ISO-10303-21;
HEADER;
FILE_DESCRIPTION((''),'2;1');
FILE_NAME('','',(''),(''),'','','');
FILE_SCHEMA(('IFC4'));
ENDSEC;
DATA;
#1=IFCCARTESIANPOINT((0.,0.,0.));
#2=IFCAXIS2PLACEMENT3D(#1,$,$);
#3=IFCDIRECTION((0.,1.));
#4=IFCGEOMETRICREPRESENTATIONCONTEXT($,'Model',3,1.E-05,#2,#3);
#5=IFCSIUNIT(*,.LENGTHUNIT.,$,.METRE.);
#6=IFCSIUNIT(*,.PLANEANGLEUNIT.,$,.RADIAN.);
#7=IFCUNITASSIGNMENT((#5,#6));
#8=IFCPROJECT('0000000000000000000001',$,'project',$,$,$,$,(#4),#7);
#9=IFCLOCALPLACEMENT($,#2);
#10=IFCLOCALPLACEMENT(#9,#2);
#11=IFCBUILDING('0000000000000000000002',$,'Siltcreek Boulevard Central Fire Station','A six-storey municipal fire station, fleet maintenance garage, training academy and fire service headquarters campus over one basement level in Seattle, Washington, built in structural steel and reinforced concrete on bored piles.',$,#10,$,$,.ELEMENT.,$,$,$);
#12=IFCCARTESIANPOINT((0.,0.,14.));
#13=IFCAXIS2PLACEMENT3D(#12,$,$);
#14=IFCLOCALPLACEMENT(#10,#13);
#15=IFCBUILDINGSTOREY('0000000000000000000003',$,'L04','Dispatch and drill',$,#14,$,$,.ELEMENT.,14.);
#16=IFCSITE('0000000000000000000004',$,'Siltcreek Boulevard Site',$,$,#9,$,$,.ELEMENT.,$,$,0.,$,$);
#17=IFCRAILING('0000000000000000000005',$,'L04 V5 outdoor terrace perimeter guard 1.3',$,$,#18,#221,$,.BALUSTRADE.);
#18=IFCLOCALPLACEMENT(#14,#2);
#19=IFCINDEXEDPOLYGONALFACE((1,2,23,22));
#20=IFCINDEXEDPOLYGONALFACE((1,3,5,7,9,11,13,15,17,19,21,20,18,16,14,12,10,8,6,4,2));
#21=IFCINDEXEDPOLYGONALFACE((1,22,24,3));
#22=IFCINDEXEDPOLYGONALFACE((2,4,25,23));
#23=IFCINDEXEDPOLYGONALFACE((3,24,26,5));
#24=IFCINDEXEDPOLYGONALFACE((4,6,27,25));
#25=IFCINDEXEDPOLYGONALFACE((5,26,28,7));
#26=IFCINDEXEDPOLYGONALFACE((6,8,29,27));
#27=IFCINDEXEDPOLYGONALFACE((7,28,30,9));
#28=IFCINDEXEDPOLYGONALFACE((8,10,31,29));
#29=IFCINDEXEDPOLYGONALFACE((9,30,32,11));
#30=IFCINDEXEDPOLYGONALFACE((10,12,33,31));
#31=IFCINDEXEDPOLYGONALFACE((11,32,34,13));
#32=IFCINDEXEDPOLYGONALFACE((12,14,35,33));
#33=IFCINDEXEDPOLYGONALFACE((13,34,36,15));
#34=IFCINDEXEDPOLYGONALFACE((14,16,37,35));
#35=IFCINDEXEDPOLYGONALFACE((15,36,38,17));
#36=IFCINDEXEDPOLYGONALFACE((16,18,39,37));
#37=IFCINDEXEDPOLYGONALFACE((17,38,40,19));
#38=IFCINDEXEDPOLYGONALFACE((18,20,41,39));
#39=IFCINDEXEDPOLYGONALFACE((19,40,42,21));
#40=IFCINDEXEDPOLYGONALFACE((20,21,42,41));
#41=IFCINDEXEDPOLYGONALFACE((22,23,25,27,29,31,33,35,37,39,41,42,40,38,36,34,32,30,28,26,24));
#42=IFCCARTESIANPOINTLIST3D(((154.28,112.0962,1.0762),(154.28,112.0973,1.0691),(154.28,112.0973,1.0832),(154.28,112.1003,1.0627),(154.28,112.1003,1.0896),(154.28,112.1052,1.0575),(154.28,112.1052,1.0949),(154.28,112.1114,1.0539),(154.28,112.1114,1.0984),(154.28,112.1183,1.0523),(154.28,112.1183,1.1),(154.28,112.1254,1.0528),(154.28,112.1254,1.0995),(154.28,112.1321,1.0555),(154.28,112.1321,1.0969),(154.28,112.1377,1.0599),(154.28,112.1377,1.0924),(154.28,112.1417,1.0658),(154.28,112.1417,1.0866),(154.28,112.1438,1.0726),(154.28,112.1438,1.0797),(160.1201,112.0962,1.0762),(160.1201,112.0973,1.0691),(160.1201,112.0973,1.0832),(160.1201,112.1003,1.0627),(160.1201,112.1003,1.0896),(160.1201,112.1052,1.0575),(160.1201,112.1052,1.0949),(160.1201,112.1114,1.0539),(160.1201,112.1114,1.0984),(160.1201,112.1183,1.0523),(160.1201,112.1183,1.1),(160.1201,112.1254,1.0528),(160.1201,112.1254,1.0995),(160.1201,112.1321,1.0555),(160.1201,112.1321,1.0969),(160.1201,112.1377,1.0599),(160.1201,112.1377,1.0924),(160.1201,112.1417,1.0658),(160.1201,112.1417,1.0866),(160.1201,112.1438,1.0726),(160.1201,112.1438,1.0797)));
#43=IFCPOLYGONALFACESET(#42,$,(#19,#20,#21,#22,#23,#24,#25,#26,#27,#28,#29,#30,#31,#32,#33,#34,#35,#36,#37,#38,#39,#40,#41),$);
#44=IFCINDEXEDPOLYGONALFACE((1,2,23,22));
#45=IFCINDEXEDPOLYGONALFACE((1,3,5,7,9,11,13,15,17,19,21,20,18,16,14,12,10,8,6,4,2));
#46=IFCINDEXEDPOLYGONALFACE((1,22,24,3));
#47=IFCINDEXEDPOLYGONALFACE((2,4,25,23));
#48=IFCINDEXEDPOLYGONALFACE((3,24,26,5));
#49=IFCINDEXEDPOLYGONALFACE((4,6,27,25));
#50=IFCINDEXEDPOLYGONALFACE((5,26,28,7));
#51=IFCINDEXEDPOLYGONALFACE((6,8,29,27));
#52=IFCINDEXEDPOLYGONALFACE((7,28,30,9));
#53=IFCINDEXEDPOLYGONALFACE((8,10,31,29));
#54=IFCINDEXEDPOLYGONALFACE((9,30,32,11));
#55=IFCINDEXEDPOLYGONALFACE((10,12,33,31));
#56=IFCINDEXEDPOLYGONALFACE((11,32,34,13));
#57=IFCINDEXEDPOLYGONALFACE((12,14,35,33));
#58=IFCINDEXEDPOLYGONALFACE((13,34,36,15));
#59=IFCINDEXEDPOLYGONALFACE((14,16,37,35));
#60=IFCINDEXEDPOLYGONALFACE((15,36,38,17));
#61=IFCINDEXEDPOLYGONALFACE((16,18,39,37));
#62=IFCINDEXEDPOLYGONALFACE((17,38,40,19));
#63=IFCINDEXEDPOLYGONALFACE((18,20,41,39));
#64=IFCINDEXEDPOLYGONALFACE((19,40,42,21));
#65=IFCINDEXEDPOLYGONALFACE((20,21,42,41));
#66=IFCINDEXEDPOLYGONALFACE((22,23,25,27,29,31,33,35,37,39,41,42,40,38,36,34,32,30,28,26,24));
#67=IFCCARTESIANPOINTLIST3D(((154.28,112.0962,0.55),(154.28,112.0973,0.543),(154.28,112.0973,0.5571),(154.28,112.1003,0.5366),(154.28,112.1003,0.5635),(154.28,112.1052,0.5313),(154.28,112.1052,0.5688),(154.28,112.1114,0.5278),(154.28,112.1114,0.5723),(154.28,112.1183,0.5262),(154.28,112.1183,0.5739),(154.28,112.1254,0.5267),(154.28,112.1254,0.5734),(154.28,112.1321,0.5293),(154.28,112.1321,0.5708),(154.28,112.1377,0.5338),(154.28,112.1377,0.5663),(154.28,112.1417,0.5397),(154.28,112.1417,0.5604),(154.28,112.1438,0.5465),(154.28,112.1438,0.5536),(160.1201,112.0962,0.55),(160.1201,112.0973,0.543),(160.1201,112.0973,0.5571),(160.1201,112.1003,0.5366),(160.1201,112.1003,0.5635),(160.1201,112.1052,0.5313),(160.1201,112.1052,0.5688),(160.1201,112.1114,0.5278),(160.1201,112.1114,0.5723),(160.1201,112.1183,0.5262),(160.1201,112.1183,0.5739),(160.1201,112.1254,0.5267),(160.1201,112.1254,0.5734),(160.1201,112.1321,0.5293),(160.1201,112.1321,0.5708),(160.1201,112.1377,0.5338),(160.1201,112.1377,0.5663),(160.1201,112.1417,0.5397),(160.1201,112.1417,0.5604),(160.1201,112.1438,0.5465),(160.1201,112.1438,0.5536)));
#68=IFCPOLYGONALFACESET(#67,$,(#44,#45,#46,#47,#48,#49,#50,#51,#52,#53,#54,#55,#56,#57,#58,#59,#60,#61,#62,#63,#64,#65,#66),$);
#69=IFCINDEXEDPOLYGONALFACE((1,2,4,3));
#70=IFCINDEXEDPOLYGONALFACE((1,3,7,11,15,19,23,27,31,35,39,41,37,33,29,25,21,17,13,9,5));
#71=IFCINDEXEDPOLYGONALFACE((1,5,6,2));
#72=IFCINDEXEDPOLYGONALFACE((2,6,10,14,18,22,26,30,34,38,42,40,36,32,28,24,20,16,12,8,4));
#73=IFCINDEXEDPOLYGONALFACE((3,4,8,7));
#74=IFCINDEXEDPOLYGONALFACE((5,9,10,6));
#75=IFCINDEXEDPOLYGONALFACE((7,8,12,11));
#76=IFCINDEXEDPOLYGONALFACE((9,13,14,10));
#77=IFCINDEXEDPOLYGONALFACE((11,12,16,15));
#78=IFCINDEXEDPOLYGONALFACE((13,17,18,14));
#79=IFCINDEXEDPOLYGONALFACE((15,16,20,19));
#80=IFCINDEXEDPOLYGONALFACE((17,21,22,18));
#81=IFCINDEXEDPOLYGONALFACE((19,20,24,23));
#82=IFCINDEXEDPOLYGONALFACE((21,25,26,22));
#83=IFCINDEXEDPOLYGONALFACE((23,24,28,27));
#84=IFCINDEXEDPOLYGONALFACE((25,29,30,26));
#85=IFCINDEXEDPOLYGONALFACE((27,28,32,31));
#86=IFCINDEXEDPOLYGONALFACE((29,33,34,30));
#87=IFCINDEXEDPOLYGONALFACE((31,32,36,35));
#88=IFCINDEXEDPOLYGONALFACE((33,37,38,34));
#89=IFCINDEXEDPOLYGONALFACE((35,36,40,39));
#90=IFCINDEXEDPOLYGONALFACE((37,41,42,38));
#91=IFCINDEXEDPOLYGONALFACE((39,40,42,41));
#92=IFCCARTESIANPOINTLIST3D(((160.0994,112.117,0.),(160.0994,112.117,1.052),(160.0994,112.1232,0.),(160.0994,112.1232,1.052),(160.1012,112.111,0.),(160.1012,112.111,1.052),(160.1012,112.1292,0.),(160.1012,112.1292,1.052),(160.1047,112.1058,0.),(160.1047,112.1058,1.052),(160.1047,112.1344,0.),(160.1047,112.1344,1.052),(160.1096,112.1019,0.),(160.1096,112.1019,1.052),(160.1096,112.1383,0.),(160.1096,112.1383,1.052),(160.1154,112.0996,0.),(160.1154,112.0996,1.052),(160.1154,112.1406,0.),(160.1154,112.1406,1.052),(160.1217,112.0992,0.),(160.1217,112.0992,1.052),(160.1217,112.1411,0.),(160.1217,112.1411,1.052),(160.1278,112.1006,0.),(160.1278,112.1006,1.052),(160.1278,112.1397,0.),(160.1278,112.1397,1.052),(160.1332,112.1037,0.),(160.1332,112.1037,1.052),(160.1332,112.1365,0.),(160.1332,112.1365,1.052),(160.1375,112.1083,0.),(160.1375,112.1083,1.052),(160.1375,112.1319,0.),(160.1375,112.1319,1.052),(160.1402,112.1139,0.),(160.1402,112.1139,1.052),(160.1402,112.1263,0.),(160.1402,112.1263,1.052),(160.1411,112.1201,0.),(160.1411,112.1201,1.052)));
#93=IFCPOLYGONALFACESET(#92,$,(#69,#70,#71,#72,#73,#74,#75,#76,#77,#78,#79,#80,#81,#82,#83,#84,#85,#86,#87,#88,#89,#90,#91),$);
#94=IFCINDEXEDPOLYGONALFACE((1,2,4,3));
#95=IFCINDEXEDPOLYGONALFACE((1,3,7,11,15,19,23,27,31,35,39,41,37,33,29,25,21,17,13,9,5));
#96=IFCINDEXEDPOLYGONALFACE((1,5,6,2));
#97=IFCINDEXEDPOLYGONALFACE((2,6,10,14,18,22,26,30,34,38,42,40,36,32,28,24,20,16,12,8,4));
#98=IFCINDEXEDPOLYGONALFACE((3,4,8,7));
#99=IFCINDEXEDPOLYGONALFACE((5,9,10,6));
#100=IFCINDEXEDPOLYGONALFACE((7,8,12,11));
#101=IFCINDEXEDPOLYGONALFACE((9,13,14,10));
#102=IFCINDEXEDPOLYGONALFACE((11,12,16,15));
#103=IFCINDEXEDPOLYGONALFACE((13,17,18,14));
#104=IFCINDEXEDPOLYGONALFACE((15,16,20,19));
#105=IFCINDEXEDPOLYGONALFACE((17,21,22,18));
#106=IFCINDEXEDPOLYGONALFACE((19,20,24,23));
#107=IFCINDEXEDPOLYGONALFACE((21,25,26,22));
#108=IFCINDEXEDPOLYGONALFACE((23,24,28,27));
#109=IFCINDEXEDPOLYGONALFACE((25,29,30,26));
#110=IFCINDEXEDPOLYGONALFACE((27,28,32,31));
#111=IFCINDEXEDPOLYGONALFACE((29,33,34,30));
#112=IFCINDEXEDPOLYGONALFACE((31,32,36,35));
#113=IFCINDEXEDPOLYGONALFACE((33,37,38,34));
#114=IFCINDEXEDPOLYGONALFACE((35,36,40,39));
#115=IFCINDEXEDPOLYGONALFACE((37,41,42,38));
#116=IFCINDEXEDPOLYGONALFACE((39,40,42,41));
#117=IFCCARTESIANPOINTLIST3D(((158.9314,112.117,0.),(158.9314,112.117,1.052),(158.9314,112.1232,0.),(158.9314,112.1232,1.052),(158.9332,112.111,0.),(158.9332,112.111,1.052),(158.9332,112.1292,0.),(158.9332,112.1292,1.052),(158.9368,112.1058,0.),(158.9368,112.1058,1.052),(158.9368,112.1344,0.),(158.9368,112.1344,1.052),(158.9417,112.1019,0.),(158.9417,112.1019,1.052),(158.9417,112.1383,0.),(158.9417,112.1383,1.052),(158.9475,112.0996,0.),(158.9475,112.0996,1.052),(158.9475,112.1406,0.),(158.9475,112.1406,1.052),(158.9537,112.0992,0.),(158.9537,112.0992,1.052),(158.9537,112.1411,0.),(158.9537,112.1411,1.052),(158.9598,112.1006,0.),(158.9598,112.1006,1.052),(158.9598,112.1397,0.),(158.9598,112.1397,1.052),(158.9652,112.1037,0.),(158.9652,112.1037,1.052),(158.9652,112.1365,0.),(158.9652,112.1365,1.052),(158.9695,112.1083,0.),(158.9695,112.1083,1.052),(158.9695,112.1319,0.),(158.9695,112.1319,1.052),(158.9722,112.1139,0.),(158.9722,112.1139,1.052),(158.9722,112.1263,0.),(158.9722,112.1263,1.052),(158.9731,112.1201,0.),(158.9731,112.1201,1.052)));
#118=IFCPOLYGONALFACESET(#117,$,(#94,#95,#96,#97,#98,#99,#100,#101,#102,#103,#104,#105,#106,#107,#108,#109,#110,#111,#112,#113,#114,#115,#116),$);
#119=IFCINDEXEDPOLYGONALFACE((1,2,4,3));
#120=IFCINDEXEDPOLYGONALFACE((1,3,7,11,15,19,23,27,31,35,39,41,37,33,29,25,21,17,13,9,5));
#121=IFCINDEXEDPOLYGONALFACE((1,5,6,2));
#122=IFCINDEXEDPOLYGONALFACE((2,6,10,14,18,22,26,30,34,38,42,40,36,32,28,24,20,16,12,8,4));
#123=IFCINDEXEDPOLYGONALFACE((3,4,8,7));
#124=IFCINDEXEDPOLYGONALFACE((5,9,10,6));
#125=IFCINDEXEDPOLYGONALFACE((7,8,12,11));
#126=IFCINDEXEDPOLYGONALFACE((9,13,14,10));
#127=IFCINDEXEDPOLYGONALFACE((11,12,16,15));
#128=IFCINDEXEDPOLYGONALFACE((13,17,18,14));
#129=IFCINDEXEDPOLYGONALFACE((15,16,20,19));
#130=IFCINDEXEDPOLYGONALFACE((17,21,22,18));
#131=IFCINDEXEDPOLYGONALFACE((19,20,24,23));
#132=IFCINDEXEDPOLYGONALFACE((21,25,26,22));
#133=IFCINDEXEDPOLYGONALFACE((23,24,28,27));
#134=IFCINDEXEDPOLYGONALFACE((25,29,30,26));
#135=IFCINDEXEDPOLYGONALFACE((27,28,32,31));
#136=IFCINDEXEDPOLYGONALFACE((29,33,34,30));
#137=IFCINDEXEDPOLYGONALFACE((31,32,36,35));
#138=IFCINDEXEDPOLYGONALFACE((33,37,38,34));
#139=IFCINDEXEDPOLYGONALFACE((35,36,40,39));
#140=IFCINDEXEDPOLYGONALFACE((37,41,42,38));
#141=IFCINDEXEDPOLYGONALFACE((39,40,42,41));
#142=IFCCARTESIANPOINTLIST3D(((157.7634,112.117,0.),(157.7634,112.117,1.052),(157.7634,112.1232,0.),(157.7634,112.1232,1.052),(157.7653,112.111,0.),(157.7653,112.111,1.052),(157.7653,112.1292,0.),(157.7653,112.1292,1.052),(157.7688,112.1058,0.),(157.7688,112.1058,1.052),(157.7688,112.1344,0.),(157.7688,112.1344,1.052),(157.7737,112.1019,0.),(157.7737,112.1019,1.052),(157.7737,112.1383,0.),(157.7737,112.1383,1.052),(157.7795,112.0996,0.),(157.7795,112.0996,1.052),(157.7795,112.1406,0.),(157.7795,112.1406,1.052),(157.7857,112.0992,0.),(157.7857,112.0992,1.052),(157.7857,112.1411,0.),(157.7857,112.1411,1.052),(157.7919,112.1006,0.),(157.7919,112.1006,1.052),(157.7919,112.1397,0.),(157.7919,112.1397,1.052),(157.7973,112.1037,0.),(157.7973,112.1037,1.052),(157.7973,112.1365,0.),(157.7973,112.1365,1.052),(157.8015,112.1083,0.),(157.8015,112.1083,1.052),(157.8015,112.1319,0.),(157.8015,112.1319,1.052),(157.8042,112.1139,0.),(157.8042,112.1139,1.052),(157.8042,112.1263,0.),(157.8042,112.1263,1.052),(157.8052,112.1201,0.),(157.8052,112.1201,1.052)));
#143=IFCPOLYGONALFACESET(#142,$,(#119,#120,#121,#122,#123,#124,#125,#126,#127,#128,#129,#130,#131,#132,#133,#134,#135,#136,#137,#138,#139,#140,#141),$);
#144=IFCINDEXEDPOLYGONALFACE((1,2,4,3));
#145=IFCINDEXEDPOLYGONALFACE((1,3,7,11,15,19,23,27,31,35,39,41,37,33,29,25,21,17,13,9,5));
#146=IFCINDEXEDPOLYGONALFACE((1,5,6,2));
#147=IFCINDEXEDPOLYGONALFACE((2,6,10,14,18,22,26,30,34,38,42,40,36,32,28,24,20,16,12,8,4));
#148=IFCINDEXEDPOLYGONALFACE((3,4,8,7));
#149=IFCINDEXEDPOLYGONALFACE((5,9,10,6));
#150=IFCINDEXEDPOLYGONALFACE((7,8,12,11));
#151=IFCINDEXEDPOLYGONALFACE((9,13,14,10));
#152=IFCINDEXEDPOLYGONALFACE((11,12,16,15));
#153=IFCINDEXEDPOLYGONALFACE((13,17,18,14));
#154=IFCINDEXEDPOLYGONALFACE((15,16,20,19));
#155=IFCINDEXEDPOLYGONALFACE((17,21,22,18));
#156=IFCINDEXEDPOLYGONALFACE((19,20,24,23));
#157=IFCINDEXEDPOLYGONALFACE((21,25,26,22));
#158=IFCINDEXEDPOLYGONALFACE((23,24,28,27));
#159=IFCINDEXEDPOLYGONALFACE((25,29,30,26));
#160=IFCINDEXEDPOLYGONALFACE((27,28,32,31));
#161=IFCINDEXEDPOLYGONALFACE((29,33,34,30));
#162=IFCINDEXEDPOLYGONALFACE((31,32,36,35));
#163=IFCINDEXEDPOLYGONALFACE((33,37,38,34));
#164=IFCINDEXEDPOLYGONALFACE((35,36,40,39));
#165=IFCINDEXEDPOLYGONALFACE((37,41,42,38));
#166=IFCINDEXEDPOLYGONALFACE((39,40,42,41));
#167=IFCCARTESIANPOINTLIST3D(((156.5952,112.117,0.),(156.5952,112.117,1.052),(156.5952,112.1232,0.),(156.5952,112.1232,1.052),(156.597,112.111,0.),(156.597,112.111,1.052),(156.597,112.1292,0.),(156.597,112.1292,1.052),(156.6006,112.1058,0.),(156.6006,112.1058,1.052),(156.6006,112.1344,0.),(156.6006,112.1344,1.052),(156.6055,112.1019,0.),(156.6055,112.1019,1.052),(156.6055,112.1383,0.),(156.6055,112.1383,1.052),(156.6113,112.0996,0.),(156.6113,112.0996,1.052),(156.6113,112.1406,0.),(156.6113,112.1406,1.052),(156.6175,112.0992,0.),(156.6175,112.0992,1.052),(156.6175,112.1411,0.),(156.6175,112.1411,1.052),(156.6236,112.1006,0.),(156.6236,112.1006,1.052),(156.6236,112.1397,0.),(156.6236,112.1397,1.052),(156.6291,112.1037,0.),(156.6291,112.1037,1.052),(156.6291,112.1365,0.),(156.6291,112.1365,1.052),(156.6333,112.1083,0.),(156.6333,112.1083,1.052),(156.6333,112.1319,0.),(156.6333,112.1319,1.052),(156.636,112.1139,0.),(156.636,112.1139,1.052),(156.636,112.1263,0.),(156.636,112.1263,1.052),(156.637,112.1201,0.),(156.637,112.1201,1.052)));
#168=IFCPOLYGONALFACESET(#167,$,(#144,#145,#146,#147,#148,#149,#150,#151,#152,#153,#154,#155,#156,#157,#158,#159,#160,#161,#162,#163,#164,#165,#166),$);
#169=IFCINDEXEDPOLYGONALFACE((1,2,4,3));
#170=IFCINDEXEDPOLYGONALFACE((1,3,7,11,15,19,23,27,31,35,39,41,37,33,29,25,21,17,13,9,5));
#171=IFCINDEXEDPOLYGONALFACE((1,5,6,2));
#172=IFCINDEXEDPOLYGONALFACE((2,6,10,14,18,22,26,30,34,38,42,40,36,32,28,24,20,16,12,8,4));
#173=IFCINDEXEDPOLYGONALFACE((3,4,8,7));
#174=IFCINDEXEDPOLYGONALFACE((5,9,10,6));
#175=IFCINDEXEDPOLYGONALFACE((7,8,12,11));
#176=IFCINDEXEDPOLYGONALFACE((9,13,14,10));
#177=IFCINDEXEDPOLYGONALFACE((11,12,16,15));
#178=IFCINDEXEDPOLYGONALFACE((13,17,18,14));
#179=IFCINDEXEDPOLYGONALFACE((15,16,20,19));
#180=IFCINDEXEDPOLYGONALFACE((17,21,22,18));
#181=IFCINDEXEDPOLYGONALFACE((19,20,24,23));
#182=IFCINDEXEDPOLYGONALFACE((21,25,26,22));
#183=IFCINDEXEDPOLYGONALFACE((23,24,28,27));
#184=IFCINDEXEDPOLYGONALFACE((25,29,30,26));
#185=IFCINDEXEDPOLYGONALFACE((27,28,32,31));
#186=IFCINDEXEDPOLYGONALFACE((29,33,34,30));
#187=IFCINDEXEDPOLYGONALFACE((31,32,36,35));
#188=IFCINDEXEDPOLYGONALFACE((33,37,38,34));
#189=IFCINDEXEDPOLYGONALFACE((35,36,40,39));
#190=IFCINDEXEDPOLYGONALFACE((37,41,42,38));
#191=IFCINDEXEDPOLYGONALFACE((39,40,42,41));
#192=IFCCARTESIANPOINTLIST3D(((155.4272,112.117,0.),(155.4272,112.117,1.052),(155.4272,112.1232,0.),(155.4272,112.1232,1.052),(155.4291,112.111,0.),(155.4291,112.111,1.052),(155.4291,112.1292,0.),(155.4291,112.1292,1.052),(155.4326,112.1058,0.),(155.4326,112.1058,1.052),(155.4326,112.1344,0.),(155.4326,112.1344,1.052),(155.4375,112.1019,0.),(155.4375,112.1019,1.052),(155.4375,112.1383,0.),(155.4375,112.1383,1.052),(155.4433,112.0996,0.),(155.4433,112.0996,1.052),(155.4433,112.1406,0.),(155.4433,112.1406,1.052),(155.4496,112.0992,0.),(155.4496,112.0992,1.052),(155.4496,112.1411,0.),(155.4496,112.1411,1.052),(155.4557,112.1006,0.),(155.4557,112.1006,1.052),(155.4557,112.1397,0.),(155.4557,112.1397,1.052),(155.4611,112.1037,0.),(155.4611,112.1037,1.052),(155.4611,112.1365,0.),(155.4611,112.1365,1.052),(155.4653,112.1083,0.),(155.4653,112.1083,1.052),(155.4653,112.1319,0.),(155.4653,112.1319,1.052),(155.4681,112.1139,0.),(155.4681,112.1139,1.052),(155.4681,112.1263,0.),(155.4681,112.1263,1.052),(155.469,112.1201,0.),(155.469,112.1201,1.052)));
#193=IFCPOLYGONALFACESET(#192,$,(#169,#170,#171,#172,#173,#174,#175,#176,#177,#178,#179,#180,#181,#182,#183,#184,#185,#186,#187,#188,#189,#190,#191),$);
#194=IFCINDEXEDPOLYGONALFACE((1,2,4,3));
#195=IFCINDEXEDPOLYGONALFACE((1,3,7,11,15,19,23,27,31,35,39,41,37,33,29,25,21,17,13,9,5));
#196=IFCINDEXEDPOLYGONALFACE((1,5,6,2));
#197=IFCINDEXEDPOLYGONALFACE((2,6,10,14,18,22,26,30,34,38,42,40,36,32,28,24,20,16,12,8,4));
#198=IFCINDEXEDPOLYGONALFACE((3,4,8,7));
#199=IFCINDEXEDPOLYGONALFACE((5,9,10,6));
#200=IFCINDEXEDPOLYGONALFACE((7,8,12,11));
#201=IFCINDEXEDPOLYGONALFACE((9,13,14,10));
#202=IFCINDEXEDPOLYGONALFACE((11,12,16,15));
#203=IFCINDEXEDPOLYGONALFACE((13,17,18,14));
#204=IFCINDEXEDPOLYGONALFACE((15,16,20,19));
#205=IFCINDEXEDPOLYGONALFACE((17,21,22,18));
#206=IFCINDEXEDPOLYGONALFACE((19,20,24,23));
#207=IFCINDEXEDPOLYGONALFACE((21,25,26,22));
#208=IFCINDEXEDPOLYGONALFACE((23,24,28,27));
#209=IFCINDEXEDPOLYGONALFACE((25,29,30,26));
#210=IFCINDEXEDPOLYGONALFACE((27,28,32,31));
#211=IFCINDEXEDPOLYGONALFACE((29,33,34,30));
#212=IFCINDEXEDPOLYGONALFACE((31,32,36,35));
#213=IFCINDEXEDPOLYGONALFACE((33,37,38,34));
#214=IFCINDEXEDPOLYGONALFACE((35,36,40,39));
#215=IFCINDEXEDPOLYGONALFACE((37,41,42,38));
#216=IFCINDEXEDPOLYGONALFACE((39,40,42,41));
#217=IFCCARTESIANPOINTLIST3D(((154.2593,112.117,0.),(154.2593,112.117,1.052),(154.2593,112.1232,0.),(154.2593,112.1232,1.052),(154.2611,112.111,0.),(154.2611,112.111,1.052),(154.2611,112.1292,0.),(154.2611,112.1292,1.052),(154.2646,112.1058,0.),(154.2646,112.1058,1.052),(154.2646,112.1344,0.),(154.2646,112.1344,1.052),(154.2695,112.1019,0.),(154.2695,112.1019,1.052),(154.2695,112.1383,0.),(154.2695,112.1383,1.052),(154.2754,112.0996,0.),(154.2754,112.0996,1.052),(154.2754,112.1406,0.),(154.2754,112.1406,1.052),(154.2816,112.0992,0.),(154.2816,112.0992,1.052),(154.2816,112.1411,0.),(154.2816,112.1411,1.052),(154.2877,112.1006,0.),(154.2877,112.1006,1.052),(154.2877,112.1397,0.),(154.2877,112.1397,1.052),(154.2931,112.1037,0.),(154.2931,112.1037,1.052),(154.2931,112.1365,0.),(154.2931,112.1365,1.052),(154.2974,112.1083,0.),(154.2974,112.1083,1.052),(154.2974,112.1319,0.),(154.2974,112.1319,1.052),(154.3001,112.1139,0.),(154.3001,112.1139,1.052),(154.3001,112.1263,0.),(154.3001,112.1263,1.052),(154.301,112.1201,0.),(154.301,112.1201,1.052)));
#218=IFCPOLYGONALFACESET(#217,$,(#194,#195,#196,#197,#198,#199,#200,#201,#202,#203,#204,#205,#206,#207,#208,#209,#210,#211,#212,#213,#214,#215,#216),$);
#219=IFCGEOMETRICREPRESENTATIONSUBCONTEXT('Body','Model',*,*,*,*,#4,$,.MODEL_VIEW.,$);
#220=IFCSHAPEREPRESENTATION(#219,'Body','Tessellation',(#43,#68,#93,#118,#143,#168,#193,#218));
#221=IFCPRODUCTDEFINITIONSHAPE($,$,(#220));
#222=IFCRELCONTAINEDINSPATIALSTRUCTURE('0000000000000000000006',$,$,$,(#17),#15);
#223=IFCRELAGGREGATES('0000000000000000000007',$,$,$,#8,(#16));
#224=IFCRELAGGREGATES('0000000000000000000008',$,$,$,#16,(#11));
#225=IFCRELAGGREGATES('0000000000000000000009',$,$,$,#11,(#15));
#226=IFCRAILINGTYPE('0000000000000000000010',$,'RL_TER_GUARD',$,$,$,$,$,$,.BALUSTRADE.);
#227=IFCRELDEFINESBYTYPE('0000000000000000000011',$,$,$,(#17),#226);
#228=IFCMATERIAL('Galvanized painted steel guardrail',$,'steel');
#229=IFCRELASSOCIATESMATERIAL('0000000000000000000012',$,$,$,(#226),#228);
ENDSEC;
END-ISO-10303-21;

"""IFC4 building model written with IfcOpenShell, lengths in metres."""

from ifc_helpers import new_model, si_unit, direction, frame, origin, origin_2d, place, context, subcontext, project, spatial, circle, extrude, material, type_object, element, save


model = new_model("IFC4")

# Units and contexts
model_context = context("Model", 3, precision=1e-05, world=origin(), true_north=direction((0.0, 1.0)))
body_context = subcontext(model_context, "Body", "Model", "MODEL_VIEW")
ifc_project = project(units=[si_unit("LENGTHUNIT", "METRE"), si_unit("PLANEANGLEUNIT", "RADIAN")], contexts=[model_context])

# Site, building, storey
site_placement = place(None, origin())
site = spatial("IfcSite", under=ifc_project, at=site_placement, Name="Siltcreek Boulevard Site", CompositionType="ELEMENT", RefElevation=0.0)
building_placement = place(site_placement, origin())
building = spatial("IfcBuilding", under=site, at=building_placement, Name="Siltcreek Boulevard Central Fire Station", Description="A six-storey municipal fire station, fleet maintenance garage, training academy and fire service headquarters campus over one basement level in Seattle, Washington, built in structural steel and reinforced concrete on bored piles.", CompositionType="ELEMENT")
storey_placement = place(building_placement, frame((0.0, 0.0, 14.0)))
storey = spatial("IfcBuildingStorey", under=building, at=storey_placement, Name="L04", Description="Dispatch and drill", CompositionType="ELEMENT", Elevation=14.0)

# Railing
ifc_material_1 = material(Name="Galvanized painted steel guardrail", Category="steel")
railing_type = type_object("IfcRailingType", Name="RL_TER_GUARD", PredefinedType="BALUSTRADE", material=ifc_material_1)
railing_placement = place(storey_placement, frame((160.1201, 112.1201, 0.0)))
element("IfcRailing", 1, at=railing_placement, inside=storey, type_object=railing_type, Name="L04 V5 outdoor terrace perimeter guard 1.3", PredefinedType="BALUSTRADE", context=body_context, shape_type="SweptSolid", body=[
    extrude(circle(Radius=0.0239, at=origin_2d()), frame((0.0, 0.0, 1.0762), z_axis=(-1.0, 0.0, 0.0), x_axis=(0.0, -1.0, 0.0)), (0.0, 0.0, 1.0), 5.8401),
    extrude(circle(Radius=0.0239, at=origin_2d()), frame((0.0, 0.0, 0.55), z_axis=(-1.0, 0.0, 0.0), x_axis=(0.0, -1.0, 0.0)), (0.0, 0.0, 1.0), 5.8401),
    extrude(circle(Radius=0.021, at=origin_2d()), origin(), (0.0, 0.0, 1.0), 1.052),
    extrude(circle(Radius=0.021, at=origin_2d()), frame((-1.168, 0.0, 0.0)), (0.0, 0.0, 1.0), 1.052),
    extrude(circle(Radius=0.021, at=origin_2d()), frame((-2.3359, 0.0, 0.0)), (0.0, 0.0, 1.0), 1.052),
    extrude(circle(Radius=0.021, at=origin_2d()), frame((-3.5042, 0.0, 0.0)), (0.0, 0.0, 1.0), 1.052),
    extrude(circle(Radius=0.021, at=origin_2d()), frame((-4.6721, 0.0, 0.0)), (0.0, 0.0, 1.0), 1.052),
    extrude(circle(Radius=0.021, at=origin_2d()), frame((-5.8401, 0.0, 0.0)), (0.0, 0.0, 1.0), 1.052),
])

save(model, "model.ifc")
